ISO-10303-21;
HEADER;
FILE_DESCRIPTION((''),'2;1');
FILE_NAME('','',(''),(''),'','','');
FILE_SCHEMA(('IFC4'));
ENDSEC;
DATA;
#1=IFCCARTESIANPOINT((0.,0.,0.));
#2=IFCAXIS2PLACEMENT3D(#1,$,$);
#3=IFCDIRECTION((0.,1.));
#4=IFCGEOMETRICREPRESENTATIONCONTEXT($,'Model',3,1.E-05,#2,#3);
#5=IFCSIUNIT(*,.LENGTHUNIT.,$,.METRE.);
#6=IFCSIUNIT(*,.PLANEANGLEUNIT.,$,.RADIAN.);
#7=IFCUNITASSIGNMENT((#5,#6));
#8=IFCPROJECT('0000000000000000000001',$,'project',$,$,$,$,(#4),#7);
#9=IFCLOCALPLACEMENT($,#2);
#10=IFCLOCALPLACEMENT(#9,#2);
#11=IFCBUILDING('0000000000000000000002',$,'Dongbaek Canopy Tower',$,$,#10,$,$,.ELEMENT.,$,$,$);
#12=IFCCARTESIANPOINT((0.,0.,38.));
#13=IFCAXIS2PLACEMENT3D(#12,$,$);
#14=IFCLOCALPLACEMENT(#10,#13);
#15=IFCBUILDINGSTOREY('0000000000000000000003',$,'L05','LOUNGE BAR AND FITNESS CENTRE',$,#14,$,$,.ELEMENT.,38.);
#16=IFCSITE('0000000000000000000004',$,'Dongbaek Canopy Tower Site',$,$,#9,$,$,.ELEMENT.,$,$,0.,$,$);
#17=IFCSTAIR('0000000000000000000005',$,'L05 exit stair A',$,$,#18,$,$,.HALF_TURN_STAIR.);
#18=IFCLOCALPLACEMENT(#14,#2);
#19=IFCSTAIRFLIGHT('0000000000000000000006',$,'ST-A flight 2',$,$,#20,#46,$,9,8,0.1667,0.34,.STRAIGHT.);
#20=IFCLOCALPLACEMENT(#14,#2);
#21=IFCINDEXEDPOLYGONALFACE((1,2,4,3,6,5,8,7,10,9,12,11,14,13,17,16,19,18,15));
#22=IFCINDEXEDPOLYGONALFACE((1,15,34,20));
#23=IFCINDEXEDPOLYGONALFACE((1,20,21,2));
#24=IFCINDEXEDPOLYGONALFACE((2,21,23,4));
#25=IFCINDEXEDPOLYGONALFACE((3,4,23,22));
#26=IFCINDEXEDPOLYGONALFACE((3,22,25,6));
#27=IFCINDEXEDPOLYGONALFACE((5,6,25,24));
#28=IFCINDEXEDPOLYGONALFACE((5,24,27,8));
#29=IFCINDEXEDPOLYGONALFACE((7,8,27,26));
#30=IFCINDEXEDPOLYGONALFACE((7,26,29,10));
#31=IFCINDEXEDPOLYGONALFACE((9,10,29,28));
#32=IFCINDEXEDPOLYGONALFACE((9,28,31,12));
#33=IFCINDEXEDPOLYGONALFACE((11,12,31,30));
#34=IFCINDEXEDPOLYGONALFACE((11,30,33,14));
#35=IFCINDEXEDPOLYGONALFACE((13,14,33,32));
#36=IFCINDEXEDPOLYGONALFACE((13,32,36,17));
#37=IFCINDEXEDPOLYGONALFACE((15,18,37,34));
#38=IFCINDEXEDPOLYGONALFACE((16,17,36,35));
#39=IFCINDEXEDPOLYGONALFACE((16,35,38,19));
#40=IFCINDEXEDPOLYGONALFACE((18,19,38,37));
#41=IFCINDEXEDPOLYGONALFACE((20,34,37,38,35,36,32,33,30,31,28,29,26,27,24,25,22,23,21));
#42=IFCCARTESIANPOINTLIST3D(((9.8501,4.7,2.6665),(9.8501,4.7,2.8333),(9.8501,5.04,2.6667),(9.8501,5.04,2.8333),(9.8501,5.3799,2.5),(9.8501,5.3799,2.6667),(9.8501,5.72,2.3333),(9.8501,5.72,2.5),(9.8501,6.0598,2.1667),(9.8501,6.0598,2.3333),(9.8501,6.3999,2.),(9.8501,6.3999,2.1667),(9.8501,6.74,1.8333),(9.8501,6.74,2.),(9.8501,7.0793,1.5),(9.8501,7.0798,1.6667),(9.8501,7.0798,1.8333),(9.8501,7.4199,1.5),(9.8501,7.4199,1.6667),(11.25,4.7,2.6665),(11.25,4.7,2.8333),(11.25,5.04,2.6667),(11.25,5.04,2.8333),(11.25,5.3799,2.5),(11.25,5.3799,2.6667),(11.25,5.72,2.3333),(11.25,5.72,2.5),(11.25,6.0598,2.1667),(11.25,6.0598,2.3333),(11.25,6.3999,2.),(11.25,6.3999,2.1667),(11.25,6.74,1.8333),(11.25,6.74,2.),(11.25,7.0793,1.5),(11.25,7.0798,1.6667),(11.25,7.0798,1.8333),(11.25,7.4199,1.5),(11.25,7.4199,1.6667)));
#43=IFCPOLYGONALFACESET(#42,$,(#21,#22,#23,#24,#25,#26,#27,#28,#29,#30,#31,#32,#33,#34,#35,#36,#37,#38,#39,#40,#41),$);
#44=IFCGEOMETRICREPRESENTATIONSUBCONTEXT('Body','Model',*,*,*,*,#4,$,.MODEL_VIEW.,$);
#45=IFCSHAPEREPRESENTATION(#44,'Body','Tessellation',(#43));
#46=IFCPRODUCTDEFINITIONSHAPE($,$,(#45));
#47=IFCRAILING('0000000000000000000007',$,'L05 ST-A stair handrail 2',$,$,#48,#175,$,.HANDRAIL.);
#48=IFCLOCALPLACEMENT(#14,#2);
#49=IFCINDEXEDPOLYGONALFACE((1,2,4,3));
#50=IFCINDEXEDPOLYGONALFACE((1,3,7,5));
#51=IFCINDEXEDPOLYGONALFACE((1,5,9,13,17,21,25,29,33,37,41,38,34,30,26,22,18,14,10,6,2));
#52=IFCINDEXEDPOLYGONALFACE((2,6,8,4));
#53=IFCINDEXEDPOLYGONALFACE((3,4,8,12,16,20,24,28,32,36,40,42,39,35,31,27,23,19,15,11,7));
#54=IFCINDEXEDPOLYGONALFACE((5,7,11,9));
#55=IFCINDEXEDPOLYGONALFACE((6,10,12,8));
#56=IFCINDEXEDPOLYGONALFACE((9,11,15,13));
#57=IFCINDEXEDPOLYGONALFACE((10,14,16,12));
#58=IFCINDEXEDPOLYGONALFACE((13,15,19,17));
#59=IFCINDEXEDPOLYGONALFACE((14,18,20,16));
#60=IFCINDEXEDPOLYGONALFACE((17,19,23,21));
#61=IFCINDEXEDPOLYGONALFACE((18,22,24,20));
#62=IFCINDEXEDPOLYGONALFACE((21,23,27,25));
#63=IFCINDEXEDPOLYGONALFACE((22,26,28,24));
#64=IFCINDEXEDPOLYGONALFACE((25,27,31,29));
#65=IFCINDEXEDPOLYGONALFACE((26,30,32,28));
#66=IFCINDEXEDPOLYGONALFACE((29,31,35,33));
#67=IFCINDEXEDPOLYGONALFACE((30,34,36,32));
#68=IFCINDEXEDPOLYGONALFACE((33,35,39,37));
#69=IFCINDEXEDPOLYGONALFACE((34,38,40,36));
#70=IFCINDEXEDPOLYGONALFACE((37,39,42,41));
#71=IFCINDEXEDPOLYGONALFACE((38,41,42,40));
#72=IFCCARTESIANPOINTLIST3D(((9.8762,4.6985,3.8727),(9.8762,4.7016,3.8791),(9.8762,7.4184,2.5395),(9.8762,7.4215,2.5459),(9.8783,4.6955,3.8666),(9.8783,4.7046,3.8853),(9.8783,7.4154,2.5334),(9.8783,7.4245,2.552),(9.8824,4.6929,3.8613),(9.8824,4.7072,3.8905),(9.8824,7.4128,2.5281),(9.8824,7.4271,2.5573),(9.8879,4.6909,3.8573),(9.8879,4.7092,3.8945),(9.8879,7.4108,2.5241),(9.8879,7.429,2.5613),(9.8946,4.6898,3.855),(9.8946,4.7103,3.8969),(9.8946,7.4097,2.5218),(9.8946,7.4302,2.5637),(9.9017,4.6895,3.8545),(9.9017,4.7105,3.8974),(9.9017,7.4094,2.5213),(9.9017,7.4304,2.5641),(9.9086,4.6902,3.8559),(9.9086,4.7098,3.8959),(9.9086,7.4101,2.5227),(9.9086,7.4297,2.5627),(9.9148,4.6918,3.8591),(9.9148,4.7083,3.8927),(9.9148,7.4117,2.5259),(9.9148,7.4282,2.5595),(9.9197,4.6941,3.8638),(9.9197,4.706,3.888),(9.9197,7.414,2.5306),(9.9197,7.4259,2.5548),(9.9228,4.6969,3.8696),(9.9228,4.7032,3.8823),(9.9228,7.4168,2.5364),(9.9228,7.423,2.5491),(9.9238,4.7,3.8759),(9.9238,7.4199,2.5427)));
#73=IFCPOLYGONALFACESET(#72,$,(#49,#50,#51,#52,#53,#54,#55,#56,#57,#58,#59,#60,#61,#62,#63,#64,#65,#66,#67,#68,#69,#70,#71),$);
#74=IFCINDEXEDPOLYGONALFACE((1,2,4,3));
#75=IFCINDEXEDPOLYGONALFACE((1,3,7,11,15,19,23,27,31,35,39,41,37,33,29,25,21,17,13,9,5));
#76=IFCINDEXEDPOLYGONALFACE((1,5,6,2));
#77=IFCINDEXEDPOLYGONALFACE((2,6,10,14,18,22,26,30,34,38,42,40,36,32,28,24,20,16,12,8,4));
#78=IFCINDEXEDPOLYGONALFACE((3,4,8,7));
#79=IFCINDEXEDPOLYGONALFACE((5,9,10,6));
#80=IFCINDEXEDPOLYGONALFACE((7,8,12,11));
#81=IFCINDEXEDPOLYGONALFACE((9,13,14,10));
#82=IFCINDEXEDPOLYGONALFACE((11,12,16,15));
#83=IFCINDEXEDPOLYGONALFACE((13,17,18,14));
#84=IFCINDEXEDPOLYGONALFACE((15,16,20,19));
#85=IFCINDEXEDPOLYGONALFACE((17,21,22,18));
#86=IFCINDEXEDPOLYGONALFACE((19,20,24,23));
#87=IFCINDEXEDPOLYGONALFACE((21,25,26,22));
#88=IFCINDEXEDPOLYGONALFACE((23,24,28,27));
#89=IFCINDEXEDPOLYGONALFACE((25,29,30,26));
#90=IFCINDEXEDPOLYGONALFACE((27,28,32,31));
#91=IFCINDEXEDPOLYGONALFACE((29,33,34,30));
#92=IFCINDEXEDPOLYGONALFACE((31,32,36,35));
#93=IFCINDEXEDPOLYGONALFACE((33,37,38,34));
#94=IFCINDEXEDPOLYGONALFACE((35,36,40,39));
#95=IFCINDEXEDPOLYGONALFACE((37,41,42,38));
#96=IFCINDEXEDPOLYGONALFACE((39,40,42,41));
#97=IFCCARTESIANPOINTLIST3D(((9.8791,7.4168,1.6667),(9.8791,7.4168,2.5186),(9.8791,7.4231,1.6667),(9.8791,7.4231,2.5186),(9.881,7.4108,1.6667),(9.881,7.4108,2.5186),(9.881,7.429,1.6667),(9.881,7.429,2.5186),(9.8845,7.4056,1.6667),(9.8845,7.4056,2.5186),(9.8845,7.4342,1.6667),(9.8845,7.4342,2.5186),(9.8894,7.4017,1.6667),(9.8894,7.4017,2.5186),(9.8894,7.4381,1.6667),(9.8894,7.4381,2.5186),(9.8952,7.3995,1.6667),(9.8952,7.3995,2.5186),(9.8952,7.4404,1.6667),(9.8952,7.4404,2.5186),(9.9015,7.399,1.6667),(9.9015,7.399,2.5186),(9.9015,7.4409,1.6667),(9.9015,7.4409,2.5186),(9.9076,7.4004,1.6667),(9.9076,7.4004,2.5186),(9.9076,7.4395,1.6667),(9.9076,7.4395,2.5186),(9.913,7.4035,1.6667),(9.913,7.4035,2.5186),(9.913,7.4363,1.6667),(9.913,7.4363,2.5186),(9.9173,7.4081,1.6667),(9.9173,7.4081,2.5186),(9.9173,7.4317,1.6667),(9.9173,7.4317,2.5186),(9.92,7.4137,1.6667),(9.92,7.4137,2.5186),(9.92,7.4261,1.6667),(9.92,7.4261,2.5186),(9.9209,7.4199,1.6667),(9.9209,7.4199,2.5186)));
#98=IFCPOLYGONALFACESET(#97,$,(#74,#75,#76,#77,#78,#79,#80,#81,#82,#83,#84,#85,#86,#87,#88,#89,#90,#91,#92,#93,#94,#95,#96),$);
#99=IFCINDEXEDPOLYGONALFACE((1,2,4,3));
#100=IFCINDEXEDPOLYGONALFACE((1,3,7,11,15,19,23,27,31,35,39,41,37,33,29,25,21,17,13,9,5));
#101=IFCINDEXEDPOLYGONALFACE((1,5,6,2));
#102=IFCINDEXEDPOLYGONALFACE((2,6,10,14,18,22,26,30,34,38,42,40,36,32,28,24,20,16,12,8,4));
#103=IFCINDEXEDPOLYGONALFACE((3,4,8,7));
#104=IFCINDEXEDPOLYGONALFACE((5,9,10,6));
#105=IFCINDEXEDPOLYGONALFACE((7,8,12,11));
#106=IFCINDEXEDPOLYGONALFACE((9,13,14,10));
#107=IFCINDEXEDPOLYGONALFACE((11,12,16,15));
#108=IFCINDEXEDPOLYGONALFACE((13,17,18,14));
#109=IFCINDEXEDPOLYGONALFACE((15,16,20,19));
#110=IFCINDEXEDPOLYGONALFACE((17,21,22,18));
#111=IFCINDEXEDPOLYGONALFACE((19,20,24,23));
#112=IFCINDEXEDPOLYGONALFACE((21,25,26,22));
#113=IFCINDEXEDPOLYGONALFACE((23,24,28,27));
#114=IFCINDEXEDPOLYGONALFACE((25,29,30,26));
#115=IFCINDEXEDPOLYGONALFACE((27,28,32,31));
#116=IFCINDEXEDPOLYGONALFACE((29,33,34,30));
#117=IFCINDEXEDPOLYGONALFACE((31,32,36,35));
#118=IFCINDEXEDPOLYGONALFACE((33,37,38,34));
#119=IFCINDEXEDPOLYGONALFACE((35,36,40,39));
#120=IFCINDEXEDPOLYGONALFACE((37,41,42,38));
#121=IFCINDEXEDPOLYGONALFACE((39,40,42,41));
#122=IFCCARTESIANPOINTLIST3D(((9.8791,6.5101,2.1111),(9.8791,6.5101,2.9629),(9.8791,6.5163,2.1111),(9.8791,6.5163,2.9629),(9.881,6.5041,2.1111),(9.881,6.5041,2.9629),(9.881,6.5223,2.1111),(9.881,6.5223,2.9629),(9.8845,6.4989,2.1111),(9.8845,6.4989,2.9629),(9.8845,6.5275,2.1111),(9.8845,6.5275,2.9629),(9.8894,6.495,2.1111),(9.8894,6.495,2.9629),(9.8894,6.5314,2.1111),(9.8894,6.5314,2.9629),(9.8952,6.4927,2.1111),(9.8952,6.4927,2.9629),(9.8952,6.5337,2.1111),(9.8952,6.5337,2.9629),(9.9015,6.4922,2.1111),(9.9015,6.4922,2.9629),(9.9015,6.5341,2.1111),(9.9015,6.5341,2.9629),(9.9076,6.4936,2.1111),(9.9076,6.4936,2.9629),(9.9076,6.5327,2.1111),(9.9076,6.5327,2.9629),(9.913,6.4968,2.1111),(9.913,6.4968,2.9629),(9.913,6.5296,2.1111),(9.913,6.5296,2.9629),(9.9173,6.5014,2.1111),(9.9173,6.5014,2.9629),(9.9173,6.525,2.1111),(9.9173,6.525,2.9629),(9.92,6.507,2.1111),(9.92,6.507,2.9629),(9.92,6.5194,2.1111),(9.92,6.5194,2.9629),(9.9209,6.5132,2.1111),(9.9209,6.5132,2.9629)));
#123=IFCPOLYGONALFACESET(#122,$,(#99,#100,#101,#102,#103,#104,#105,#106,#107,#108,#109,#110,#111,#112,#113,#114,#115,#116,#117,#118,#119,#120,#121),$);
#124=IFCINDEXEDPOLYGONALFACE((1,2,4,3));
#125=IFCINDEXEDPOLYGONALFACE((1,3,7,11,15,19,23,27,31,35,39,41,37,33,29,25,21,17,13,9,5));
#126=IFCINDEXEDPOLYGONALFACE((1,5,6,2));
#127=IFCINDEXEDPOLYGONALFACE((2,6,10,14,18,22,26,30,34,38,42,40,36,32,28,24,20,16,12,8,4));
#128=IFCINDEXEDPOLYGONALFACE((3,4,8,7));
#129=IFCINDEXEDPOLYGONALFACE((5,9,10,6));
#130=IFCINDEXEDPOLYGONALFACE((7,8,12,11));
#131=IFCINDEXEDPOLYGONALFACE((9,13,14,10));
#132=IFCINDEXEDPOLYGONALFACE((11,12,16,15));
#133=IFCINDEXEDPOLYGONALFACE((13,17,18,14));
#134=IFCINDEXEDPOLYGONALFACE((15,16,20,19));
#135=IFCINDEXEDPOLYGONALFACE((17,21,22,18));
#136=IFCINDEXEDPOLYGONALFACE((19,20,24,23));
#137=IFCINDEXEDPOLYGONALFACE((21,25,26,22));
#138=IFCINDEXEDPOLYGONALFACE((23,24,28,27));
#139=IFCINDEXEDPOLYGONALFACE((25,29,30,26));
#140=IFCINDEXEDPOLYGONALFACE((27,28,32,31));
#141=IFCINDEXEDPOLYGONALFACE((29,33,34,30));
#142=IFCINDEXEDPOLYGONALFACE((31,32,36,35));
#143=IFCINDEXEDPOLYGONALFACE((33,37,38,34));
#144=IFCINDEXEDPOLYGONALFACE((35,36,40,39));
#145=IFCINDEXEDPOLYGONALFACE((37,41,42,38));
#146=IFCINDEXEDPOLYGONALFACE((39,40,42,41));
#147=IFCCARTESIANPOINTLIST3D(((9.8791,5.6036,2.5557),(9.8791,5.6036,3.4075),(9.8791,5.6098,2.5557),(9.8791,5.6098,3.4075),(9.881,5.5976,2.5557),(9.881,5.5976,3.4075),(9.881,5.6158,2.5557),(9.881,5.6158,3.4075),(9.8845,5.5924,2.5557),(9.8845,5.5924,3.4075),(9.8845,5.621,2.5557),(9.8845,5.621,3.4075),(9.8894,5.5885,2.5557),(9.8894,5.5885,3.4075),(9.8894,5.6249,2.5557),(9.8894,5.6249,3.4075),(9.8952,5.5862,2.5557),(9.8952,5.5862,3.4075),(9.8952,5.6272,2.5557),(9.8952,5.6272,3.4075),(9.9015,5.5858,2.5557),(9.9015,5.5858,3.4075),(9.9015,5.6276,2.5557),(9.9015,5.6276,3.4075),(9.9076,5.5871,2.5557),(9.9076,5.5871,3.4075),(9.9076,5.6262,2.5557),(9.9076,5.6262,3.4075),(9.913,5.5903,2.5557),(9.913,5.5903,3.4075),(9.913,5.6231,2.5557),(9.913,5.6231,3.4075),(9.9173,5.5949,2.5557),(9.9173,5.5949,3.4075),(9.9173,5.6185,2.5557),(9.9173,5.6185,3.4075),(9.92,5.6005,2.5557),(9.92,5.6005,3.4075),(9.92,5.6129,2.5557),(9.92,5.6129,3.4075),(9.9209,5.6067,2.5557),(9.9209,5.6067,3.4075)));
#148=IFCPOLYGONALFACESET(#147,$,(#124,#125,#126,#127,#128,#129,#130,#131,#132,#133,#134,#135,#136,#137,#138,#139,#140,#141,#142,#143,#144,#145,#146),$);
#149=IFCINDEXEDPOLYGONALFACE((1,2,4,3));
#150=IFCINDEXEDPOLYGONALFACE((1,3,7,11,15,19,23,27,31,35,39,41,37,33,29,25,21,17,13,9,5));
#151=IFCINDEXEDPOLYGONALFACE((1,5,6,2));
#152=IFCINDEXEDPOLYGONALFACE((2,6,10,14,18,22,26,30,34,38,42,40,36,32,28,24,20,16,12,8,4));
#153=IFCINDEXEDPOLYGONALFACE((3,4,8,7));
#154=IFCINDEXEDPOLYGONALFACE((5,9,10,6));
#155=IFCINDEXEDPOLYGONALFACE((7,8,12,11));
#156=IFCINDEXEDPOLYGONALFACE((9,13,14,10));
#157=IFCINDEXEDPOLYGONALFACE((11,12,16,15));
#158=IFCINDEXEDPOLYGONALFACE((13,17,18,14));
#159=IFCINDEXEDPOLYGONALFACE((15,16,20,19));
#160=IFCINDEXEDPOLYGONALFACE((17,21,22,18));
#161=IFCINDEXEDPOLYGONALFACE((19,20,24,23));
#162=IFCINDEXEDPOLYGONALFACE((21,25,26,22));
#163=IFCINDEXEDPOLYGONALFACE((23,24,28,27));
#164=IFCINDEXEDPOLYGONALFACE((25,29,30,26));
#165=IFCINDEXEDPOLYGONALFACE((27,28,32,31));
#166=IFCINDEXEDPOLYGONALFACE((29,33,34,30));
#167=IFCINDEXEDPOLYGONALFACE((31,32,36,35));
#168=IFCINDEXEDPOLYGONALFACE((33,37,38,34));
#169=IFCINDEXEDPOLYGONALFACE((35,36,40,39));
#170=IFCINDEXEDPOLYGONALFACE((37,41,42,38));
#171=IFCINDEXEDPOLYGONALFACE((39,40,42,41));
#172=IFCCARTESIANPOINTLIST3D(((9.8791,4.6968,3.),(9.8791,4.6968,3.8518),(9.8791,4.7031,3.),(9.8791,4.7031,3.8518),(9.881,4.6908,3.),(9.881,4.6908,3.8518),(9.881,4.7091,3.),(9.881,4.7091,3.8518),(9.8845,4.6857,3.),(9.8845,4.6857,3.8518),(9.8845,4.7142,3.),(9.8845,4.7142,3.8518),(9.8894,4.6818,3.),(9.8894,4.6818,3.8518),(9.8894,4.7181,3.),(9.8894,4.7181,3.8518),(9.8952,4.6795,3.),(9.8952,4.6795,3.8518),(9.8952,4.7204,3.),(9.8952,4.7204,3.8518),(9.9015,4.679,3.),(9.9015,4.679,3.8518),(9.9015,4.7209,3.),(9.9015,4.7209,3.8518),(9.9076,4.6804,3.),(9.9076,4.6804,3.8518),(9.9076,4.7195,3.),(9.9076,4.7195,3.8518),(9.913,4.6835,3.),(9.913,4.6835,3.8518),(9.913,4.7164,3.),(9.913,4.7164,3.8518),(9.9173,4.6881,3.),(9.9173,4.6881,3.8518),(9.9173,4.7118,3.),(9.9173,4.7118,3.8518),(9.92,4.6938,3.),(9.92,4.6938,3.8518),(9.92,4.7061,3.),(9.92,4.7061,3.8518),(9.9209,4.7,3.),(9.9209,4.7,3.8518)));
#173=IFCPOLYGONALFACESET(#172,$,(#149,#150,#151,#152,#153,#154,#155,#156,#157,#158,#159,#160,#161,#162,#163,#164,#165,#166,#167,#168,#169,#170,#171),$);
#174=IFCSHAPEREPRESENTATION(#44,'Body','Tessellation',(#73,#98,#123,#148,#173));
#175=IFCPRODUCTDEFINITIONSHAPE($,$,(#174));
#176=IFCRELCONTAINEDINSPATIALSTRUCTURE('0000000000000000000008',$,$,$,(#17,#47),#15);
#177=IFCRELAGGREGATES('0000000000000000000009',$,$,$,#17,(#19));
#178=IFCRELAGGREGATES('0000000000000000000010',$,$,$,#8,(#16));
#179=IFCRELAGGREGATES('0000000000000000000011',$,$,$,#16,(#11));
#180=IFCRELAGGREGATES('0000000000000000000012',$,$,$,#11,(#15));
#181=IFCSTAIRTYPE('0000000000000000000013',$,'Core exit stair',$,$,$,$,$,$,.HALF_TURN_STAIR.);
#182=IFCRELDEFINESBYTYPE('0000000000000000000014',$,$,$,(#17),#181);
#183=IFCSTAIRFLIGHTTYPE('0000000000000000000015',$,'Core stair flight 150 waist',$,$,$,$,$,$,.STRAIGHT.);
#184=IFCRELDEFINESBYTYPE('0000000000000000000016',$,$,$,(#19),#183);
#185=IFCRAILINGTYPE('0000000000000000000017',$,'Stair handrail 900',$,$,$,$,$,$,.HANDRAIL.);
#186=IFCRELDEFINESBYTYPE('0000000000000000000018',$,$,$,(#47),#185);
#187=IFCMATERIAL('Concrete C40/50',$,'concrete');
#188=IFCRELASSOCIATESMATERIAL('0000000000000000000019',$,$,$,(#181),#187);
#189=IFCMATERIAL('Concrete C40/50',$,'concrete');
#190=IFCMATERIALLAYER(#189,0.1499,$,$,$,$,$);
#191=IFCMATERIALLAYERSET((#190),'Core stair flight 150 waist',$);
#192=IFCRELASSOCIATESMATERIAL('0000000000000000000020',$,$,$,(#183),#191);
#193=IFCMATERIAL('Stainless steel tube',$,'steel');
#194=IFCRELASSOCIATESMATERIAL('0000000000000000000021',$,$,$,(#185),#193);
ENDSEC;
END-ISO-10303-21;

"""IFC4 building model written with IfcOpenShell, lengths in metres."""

from ifc_helpers import new_model, si_unit, direction, frame, origin, origin_2d, place, context, subcontext, project, spatial, polyline, circle, outline, extrude, material, layer, layer_set, type_object, element, aggregate, save


model = new_model("IFC4")

# Units and contexts
model_context = context("Model", 3, precision=1e-05, world=origin(), true_north=direction((0.0, 1.0)))
body_context = subcontext(model_context, "Body", "Model", "MODEL_VIEW")
ifc_project = project(units=[si_unit("LENGTHUNIT", "METRE"), si_unit("PLANEANGLEUNIT", "RADIAN")], contexts=[model_context])

# Site, building, storey
site_placement = place(None, origin())
site = spatial("IfcSite", under=ifc_project, at=site_placement, Name="Dongbaek Canopy Tower Site", CompositionType="ELEMENT", RefElevation=0.0)
building_placement = place(site_placement, origin())
building = spatial("IfcBuilding", under=site, at=building_placement, Name="Dongbaek Canopy Tower", CompositionType="ELEMENT")
storey_placement = place(building_placement, frame((0.0, 0.0, 38.0)))
storey = spatial("IfcBuildingStorey", under=building, at=storey_placement, Name="L05", Description="LOUNGE BAR AND FITNESS CENTRE", CompositionType="ELEMENT", Elevation=38.0)

# Stair, stair flight
ifc_material_1 = material(Name="Concrete C40/50", Category="concrete")
stair_type = type_object("IfcStairType", Name="Core exit stair", PredefinedType="HALF_TURN_STAIR", material=ifc_material_1)
stair_placement = place(storey_placement, origin())
stair = element("IfcStair", 1, at=stair_placement, inside=storey, type_object=stair_type, Name="L05 exit stair A", PredefinedType="HALF_TURN_STAIR")
ifc_material_2 = material(Name="Concrete C40/50", Category="concrete")
ifc_layer_1 = layer(ifc_material_2, 0.1499)
ifc_layer_set_1 = layer_set([ifc_layer_1], Name="Core stair flight 150 waist")
stair_flight_type = type_object("IfcStairFlightType", Name="Core stair flight 150 waist", PredefinedType="STRAIGHT", material=ifc_layer_set_1)
stair_flight_placement = place(storey_placement, frame((10.55, 7.4199, 1.5), z_axis=(0.0, 0.0, 1.0), x_axis=(0.0, -1.0, 0.0)))
stair_flight = element("IfcStairFlight", 2, at=stair_flight_placement, type_object=stair_flight_type, Name="ST-A flight 2", NumberOfRisers=9, NumberOfTreads=8, PredefinedType="STRAIGHT", RiserHeight=0.1667, TreadLength=0.34, context=body_context, shape_type="SweptSolid", body=[
    extrude(outline(polyline([(0.0, 0.0), (0.0, 0.1667), (0.3401, 0.1667), (0.3401, 0.3333), (0.6799, 0.3333), (0.6799, 0.5), (1.02, 0.5), (1.02, 0.6667), (1.3601, 0.6667), (1.3601, 0.8333), (1.7, 0.8333), (1.7, 1.0), (2.04, 1.0), (2.04, 1.1667), (2.3799, 1.1667), (2.3799, 1.3333), (2.72, 1.3333), (2.72, 1.5), (2.72, 1.1665), (0.3406, 0.0), (0.0, 0.0)])), frame((0.0, 0.7, 0.0), z_axis=(0.0, -1.0, 0.0), x_axis=(1.0, 0.0, 0.0)), (0.0, 0.0, 1.0), 1.3999),
])
aggregate(stair, [stair_flight])

# Railing
ifc_material_3 = material(Name="Stainless steel tube", Category="steel")
railing_type = type_object("IfcRailingType", Name="Stair handrail 900", PredefinedType="HANDRAIL", material=ifc_material_3)
for number, where, name in (
    (3, (9.8999, 7.4199, 1.6667), "L05 ST-A stair handrail 2"),
):
    element("IfcRailing", number, at=place(storey_placement, frame(where)), inside=storey, type_object=railing_type, Name=name, PredefinedType="HANDRAIL", context=body_context, shape_type="SweptSolid", body=[
        extrude(circle(Radius=0.0239, at=origin_2d()), frame((0.0, 0.0, 0.876), z_axis=(0.0, -0.897929, 0.440139), x_axis=(1.0, 0.0, 0.0)), (0.0, 0.0, 1.0), 3.0291),
        extrude(circle(Radius=0.021, at=origin_2d()), origin(), (0.0, 0.0, 1.0), 0.8518),
        extrude(circle(Radius=0.021, at=origin_2d()), frame((0.0, -0.9067, 0.4443)), (0.0, 0.0, 1.0), 0.8518),
        extrude(circle(Radius=0.021, at=origin_2d()), frame((0.0, -1.8132, 0.8889)), (0.0, 0.0, 1.0), 0.8518),
        extrude(circle(Radius=0.021, at=origin_2d()), frame((0.0, -2.72, 1.3333)), (0.0, 0.0, 1.0), 0.8518),
    ])

save(model, "model.ifc")
